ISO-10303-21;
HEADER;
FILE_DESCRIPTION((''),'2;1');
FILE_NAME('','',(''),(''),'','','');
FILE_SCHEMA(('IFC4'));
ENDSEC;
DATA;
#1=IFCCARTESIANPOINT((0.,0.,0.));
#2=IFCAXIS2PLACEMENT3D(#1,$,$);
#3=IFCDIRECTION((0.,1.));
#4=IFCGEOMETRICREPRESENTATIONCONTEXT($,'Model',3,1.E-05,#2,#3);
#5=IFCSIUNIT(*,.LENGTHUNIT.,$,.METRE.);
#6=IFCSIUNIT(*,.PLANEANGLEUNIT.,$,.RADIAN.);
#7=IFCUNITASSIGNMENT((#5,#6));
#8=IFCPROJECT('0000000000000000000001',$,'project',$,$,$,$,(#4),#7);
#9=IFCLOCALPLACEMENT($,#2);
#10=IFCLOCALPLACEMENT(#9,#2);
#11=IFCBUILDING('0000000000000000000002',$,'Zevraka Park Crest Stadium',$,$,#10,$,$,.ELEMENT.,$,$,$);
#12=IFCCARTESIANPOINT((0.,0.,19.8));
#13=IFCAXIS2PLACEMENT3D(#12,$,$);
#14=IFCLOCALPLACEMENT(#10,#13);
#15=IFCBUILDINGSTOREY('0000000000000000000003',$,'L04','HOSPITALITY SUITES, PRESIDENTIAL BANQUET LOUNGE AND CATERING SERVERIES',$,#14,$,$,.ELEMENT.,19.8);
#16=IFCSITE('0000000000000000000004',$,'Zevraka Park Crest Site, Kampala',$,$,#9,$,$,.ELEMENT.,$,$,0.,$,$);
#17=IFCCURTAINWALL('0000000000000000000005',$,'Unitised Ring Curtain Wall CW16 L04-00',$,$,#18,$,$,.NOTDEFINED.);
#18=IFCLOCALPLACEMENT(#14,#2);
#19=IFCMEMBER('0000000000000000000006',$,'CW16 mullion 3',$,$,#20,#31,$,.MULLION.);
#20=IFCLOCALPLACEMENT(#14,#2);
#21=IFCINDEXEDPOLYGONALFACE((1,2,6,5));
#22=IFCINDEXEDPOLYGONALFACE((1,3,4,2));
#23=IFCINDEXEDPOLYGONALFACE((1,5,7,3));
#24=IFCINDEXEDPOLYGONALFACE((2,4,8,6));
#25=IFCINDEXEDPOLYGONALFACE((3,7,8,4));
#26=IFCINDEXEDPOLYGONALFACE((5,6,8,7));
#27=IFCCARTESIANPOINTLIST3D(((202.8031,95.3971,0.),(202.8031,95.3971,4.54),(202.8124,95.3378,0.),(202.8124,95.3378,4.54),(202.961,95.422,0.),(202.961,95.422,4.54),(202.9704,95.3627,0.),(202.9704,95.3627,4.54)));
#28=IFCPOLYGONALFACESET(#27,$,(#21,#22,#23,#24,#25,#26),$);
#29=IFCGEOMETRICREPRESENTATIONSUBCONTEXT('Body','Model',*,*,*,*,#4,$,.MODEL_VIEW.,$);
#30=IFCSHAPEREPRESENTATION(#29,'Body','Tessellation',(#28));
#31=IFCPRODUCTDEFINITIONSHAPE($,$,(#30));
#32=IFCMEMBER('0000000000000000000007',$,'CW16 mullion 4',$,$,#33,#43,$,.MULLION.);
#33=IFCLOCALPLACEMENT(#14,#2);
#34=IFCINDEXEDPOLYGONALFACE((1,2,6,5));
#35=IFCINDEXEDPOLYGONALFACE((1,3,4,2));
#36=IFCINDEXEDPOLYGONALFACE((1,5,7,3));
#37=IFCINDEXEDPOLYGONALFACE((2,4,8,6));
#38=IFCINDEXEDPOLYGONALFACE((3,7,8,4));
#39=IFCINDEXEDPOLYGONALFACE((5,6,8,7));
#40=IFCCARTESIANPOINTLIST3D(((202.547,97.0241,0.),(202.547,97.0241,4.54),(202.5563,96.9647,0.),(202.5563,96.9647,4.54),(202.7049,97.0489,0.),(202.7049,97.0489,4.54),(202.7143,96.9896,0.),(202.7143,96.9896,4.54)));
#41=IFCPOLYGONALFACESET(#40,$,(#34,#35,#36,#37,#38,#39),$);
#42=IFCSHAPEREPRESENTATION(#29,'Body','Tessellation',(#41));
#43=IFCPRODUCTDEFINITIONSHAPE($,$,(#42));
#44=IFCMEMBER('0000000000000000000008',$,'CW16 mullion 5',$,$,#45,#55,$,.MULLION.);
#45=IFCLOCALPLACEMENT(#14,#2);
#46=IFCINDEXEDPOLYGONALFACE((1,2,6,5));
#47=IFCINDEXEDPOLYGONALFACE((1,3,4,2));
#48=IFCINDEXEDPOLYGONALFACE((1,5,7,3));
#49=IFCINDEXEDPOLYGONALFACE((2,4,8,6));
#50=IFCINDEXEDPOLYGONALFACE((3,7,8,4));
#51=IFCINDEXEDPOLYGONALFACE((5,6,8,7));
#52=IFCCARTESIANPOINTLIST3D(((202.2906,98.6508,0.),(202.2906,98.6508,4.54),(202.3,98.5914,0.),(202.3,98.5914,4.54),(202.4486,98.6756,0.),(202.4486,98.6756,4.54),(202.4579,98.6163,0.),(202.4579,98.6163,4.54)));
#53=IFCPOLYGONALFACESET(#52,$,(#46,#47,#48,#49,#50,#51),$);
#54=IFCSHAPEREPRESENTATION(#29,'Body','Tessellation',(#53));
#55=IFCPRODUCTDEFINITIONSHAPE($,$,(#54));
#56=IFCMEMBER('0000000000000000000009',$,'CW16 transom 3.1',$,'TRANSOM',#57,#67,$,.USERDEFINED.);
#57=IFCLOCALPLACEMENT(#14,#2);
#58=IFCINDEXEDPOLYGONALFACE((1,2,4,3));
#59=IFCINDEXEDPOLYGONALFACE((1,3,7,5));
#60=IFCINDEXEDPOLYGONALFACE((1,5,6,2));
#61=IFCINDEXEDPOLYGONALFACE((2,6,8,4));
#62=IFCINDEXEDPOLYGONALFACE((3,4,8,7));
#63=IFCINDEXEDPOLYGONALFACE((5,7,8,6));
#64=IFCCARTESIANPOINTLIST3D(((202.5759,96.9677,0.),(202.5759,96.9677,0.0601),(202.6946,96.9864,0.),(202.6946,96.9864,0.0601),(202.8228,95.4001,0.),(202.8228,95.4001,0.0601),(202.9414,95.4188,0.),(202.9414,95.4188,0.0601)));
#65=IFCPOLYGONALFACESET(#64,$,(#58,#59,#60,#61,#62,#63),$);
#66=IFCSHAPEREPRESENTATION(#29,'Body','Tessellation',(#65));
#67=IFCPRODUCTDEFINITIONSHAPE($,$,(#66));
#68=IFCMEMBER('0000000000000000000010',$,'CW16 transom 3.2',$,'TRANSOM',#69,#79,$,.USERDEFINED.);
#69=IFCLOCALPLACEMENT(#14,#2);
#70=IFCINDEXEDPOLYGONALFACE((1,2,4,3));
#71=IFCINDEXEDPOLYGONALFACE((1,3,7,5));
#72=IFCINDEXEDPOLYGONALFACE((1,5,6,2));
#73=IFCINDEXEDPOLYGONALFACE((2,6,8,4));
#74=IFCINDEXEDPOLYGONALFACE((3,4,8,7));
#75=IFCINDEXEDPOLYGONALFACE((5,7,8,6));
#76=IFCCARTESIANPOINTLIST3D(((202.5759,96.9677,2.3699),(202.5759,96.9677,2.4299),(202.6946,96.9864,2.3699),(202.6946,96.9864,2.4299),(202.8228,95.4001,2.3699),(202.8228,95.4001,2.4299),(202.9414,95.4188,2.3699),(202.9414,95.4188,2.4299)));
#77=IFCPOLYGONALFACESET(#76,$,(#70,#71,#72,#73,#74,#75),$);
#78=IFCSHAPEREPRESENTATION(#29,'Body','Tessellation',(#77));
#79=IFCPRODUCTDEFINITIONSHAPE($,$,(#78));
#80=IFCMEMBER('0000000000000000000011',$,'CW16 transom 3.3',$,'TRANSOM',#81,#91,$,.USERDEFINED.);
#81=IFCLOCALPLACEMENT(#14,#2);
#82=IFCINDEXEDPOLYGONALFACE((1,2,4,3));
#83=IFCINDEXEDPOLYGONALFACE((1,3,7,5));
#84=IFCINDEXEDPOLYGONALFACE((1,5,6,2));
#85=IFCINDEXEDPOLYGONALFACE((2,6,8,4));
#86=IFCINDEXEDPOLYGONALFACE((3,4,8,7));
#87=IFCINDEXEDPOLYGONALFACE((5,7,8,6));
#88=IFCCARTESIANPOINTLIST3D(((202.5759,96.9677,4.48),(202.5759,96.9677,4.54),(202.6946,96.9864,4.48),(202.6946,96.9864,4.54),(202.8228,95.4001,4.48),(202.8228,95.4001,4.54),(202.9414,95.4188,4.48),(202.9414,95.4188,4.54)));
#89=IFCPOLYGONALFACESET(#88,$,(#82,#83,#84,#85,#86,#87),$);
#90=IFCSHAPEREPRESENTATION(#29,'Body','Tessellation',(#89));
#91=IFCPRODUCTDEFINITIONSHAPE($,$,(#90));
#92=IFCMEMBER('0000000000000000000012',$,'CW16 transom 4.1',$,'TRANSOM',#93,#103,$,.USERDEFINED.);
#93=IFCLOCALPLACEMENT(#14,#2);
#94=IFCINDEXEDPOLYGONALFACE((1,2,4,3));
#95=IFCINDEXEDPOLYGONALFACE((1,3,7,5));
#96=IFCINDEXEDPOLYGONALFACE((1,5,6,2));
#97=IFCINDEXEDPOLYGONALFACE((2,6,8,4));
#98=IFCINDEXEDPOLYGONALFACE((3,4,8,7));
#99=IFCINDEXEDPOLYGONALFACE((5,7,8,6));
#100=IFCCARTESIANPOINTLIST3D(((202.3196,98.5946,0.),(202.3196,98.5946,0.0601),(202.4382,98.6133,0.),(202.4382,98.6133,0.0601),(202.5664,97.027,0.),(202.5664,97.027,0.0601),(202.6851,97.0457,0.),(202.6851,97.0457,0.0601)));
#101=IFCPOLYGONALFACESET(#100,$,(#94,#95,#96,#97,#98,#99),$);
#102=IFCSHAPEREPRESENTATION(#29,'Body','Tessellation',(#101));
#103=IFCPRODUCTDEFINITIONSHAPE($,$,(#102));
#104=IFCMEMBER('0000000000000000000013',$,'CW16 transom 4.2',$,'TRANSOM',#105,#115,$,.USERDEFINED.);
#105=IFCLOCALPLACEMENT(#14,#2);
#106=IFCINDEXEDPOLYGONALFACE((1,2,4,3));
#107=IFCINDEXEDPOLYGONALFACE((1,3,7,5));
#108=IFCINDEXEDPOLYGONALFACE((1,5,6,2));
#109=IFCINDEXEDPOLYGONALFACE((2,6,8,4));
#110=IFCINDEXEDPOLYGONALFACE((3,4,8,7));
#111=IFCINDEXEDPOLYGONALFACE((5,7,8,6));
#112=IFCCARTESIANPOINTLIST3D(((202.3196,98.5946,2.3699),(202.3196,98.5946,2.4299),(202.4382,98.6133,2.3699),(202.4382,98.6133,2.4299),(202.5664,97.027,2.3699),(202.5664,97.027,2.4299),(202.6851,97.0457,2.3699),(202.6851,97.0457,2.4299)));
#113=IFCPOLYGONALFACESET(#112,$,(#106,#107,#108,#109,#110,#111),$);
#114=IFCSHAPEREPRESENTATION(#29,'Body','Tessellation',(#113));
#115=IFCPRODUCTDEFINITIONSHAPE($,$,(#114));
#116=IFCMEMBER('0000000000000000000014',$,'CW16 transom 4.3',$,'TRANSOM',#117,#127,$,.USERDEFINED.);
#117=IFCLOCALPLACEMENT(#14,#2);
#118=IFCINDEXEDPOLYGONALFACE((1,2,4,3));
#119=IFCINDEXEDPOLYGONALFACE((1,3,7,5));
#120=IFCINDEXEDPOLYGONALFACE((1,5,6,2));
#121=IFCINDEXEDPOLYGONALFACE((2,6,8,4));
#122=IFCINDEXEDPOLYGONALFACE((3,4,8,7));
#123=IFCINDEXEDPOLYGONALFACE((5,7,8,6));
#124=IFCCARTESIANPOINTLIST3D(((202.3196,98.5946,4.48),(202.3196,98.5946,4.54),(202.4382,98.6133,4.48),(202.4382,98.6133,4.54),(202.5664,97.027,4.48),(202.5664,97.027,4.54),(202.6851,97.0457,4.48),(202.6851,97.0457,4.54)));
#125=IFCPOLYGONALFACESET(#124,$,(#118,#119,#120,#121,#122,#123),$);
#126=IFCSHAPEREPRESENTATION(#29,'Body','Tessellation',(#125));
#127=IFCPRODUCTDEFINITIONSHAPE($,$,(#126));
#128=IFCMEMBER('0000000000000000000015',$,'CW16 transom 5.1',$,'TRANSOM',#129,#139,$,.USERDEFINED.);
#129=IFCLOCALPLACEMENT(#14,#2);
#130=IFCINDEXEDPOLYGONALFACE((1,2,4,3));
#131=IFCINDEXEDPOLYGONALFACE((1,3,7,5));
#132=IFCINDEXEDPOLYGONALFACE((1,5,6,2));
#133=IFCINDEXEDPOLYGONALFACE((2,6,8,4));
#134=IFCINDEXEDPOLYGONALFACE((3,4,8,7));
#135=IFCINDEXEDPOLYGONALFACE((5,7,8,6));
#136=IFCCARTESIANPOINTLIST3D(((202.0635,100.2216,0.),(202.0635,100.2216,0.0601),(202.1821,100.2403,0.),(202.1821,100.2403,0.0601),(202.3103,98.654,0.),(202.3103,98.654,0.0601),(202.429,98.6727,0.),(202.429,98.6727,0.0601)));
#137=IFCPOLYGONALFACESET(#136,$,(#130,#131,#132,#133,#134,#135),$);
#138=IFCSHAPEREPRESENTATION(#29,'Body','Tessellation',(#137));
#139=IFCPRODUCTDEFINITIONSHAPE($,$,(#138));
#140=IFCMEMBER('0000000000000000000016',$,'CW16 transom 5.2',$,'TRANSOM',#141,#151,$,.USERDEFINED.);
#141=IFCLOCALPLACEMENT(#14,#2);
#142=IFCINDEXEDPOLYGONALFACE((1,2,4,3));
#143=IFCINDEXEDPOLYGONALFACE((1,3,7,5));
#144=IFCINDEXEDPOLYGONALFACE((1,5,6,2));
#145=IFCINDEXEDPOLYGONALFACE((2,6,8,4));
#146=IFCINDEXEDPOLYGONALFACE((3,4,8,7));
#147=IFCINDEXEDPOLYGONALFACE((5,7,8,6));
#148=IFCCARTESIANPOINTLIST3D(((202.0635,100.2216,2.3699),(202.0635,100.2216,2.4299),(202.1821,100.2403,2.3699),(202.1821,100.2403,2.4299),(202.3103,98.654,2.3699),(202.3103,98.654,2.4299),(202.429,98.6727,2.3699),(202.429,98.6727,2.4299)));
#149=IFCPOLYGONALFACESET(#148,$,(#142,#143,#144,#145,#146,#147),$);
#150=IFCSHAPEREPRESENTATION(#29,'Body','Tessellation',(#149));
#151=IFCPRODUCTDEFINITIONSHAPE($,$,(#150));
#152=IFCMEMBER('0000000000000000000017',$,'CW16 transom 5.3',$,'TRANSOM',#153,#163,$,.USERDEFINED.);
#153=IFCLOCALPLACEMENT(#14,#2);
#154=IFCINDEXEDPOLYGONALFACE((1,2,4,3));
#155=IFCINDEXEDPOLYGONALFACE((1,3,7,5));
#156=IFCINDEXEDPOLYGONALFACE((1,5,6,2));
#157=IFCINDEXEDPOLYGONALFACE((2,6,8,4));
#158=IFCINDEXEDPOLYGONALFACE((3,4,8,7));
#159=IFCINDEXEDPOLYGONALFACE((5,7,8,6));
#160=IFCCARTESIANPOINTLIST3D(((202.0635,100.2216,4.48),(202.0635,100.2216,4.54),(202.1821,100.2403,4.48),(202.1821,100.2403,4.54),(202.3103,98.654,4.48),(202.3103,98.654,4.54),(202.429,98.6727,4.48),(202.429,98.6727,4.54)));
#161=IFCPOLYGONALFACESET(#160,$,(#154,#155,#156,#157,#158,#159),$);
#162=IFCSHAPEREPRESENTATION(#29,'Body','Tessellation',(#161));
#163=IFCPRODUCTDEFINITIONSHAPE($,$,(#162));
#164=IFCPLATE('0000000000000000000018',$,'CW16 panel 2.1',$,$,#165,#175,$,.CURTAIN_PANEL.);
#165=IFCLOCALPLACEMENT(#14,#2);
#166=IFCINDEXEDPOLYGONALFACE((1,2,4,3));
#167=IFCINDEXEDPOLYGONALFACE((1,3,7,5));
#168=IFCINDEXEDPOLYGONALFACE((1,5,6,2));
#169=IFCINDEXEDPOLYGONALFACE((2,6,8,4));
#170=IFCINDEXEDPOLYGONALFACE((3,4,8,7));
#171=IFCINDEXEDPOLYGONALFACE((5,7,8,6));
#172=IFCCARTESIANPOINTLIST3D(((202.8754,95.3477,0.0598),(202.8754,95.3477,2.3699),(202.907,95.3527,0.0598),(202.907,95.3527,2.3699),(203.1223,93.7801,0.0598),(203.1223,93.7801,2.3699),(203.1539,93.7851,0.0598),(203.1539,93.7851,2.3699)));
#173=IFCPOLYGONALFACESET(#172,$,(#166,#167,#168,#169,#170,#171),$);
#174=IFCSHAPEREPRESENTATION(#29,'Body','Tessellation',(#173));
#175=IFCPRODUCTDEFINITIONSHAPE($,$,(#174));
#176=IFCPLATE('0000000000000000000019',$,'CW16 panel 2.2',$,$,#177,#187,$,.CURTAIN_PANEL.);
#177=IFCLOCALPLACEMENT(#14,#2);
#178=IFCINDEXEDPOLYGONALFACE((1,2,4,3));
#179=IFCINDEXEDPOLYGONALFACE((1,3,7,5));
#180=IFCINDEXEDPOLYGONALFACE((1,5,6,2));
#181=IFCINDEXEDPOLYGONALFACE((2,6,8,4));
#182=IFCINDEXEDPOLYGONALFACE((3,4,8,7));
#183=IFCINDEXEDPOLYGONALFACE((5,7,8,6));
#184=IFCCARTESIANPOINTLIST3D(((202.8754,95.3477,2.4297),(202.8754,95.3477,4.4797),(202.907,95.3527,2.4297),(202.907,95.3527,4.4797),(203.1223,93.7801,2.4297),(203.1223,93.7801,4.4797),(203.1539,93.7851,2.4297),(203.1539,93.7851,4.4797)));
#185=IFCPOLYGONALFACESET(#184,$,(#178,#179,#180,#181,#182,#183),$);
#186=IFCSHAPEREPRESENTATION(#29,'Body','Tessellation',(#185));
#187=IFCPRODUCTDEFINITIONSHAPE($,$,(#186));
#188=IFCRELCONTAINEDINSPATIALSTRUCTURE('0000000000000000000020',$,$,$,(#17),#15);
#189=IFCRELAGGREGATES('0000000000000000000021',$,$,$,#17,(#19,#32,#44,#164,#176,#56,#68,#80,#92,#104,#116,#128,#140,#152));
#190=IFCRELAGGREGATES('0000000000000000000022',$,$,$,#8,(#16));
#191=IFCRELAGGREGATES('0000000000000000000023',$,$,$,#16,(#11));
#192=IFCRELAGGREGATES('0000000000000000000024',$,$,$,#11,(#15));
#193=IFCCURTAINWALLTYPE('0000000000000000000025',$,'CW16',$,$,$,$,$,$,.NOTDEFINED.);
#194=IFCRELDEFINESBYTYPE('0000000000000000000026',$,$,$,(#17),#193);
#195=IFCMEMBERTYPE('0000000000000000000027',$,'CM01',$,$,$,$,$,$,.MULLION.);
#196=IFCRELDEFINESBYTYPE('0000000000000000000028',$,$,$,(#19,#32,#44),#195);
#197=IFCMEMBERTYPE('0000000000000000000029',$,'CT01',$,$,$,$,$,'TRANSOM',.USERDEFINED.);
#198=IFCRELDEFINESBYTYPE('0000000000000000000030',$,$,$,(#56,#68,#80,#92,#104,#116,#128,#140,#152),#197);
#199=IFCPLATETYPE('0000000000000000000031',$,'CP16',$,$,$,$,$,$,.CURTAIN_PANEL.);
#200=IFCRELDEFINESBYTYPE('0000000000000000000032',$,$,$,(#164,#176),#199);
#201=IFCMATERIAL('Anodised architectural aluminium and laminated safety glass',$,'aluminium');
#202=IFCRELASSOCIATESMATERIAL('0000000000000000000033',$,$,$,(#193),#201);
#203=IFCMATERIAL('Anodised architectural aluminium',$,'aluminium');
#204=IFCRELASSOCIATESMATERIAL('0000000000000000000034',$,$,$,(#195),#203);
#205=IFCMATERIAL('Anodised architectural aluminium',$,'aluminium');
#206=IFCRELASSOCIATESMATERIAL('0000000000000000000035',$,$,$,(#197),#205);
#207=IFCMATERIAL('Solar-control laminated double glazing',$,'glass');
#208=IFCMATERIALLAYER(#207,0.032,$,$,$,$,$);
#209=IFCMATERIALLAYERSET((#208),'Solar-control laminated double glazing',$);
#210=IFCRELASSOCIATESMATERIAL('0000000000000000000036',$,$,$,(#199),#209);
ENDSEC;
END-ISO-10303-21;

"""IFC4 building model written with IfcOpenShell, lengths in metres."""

from ifc_helpers import new_model, si_unit, direction, frame, origin, origin_2d, place, context, subcontext, project, spatial, rectangle, extrude, material, layer, layer_set, material_profile, profile_set, type_object, element, aggregate, save


model = new_model("IFC4")

# Units and contexts
model_context = context("Model", 3, precision=1e-05, world=origin(), true_north=direction((0.0, 1.0)))
body_context = subcontext(model_context, "Body", "Model", "MODEL_VIEW")
ifc_project = project(units=[si_unit("LENGTHUNIT", "METRE"), si_unit("PLANEANGLEUNIT", "RADIAN")], contexts=[model_context])

# Site, building, storey
site_placement = place(None, origin())
site = spatial("IfcSite", under=ifc_project, at=site_placement, Name="Zevraka Park Crest Site, Kampala", CompositionType="ELEMENT", RefElevation=0.0)
building_placement = place(site_placement, origin())
building = spatial("IfcBuilding", under=site, at=building_placement, Name="Zevraka Park Crest Stadium", CompositionType="ELEMENT")
storey_placement = place(building_placement, frame((0.0, 0.0, 19.8)))
storey = spatial("IfcBuildingStorey", under=building, at=storey_placement, Name="L04", Description="HOSPITALITY SUITES, PRESIDENTIAL BANQUET LOUNGE AND CATERING SERVERIES", CompositionType="ELEMENT", Elevation=19.8)

# Curtain wall, members, plates
ifc_material_1 = material(Name="Anodised architectural aluminium and laminated safety glass", Category="aluminium")
curtain_wall_type = type_object("IfcCurtainWallType", Name="CW16", PredefinedType="NOTDEFINED", material=ifc_material_1)
curtain_wall_placement = place(storey_placement, origin())
curtain_wall = element("IfcCurtainWall", 1, at=curtain_wall_placement, inside=storey, type_object=curtain_wall_type, Name="Unitised Ring Curtain Wall CW16 L04-00", PredefinedType="NOTDEFINED")
ifc_material_2 = material(Name="Anodised architectural aluminium", Category="aluminium")
ifc_material_profile_1 = material_profile(ifc_material_2, rectangle(XDim=0.1599, YDim=0.0601, at=origin_2d()), Name="ALU MULLION 160x60")
ifc_profile_set_1 = profile_set([ifc_material_profile_1], Name="Anodised architectural aluminium")
member_type_1 = type_object("IfcMemberType", Name="CM01", PredefinedType="MULLION", material=ifc_profile_set_1)
member_1_placement = place(storey_placement, frame((202.8867, 95.3799, 0.0), z_axis=(0.0, 0.0, 1.0), x_axis=(-0.98783, -0.155539, 0.0)))
member_1 = element("IfcMember", 2, at=member_1_placement, type_object=member_type_1, Name="CW16 mullion 3", PredefinedType="MULLION", context=body_context, shape_type="SweptSolid", body=[
    extrude(rectangle(XDim=0.1599, YDim=0.0601, at=origin_2d()), origin(), (0.0, 0.0, 1.0), 4.54),
])
member_2_placement = place(storey_placement, frame((202.6306, 97.0068, 0.0), z_axis=(0.0, 0.0, 1.0), x_axis=(-0.98783, -0.155539, 0.0)))
member_2 = element("IfcMember", 3, at=member_2_placement, type_object=member_type_1, Name="CW16 mullion 4", PredefinedType="MULLION", context=body_context, shape_type="SweptSolid", body=[
    extrude(rectangle(XDim=0.1599, YDim=0.0601, at=origin_2d()), origin(), (0.0, 0.0, 1.0), 4.54),
])
member_3_placement = place(storey_placement, frame((202.3743, 98.6335, 0.0), z_axis=(0.0, 0.0, 1.0), x_axis=(-0.98783, -0.155539, 0.0)))
member_3 = element("IfcMember", 4, at=member_3_placement, type_object=member_type_1, Name="CW16 mullion 5", PredefinedType="MULLION", context=body_context, shape_type="SweptSolid", body=[
    extrude(rectangle(XDim=0.1599, YDim=0.0601, at=origin_2d()), origin(), (0.0, 0.0, 1.0), 4.54),
])
ifc_material_3 = material(Name="Anodised architectural aluminium", Category="aluminium")
ifc_material_profile_2 = material_profile(ifc_material_3, rectangle(XDim=0.1201, YDim=0.0601, at=origin_2d()), Name="ALU TRANSOM 120x60")
ifc_profile_set_2 = profile_set([ifc_material_profile_2], Name="Anodised architectural aluminium")
member_type_2 = type_object("IfcMemberType", Name="CT01", ElementType="TRANSOM", PredefinedType="USERDEFINED", material=ifc_profile_set_2)
member_4_placement = place(storey_placement, frame((202.8821, 95.4094, 0.03), z_axis=(-0.155536, 0.98783, 0.0), x_axis=(-0.98783, -0.155536, 0.0)))
member_4 = element("IfcMember", 5, at=member_4_placement, type_object=member_type_2, Name="CW16 transom 3.1", ObjectType="TRANSOM", PredefinedType="USERDEFINED", context=body_context, shape_type="SweptSolid", body=[
    extrude(rectangle(XDim=0.1201, YDim=0.0601, at=origin_2d()), origin(), (0.0, 0.0, 1.0), 1.5869),
])
member_5_placement = place(storey_placement, frame((202.8821, 95.4094, 2.3999), z_axis=(-0.155536, 0.98783, 0.0), x_axis=(-0.98783, -0.155536, 0.0)))
member_5 = element("IfcMember", 6, at=member_5_placement, type_object=member_type_2, Name="CW16 transom 3.2", ObjectType="TRANSOM", PredefinedType="USERDEFINED", context=body_context, shape_type="SweptSolid", body=[
    extrude(rectangle(XDim=0.1201, YDim=0.0601, at=origin_2d()), origin(), (0.0, 0.0, 1.0), 1.5869),
])
member_6_placement = place(storey_placement, frame((202.8821, 95.4094, 4.51), z_axis=(-0.155536, 0.98783, 0.0), x_axis=(-0.98783, -0.155536, 0.0)))
member_6 = element("IfcMember", 7, at=member_6_placement, type_object=member_type_2, Name="CW16 transom 3.3", ObjectType="TRANSOM", PredefinedType="USERDEFINED", context=body_context, shape_type="SweptSolid", body=[
    extrude(rectangle(XDim=0.1201, YDim=0.0601, at=origin_2d()), origin(), (0.0, 0.0, 1.0), 1.5869),
])
member_7_placement = place(storey_placement, frame((202.6257, 97.0364, 0.03), z_axis=(-0.155536, 0.98783, 0.0), x_axis=(-0.98783, -0.155536, 0.0)))
member_7 = element("IfcMember", 8, at=member_7_placement, type_object=member_type_2, Name="CW16 transom 4.1", ObjectType="TRANSOM", PredefinedType="USERDEFINED", context=body_context, shape_type="SweptSolid", body=[
    extrude(rectangle(XDim=0.1201, YDim=0.0601, at=origin_2d()), origin(), (0.0, 0.0, 1.0), 1.5869),
])
member_8_placement = place(storey_placement, frame((202.6257, 97.0364, 2.3999), z_axis=(-0.155536, 0.98783, 0.0), x_axis=(-0.98783, -0.155536, 0.0)))
member_8 = element("IfcMember", 9, at=member_8_placement, type_object=member_type_2, Name="CW16 transom 4.2", ObjectType="TRANSOM", PredefinedType="USERDEFINED", context=body_context, shape_type="SweptSolid", body=[
    extrude(rectangle(XDim=0.1201, YDim=0.0601, at=origin_2d()), origin(), (0.0, 0.0, 1.0), 1.5869),
])
member_9_placement = place(storey_placement, frame((202.6257, 97.0364, 4.51), z_axis=(-0.155536, 0.98783, 0.0), x_axis=(-0.98783, -0.155536, 0.0)))
member_9 = element("IfcMember", 10, at=member_9_placement, type_object=member_type_2, Name="CW16 transom 4.3", ObjectType="TRANSOM", PredefinedType="USERDEFINED", context=body_context, shape_type="SweptSolid", body=[
    extrude(rectangle(XDim=0.1201, YDim=0.0601, at=origin_2d()), origin(), (0.0, 0.0, 1.0), 1.5869),
])
member_10_placement = place(storey_placement, frame((202.3696, 98.6633, 0.03), z_axis=(-0.155536, 0.98783, 0.0), x_axis=(-0.98783, -0.155536, 0.0)))
member_10 = element("IfcMember", 11, at=member_10_placement, type_object=member_type_2, Name="CW16 transom 5.1", ObjectType="TRANSOM", PredefinedType="USERDEFINED", context=body_context, shape_type="SweptSolid", body=[
    extrude(rectangle(XDim=0.1201, YDim=0.0601, at=origin_2d()), origin(), (0.0, 0.0, 1.0), 1.5869),
])
member_11_placement = place(storey_placement, frame((202.3696, 98.6633, 2.3999), z_axis=(-0.155536, 0.98783, 0.0), x_axis=(-0.98783, -0.155536, 0.0)))
member_11 = element("IfcMember", 12, at=member_11_placement, type_object=member_type_2, Name="CW16 transom 5.2", ObjectType="TRANSOM", PredefinedType="USERDEFINED", context=body_context, shape_type="SweptSolid", body=[
    extrude(rectangle(XDim=0.1201, YDim=0.0601, at=origin_2d()), origin(), (0.0, 0.0, 1.0), 1.5869),
])
member_12_placement = place(storey_placement, frame((202.3696, 98.6633, 4.51), z_axis=(-0.155536, 0.98783, 0.0), x_axis=(-0.98783, -0.155536, 0.0)))
member_12 = element("IfcMember", 13, at=member_12_placement, type_object=member_type_2, Name="CW16 transom 5.3", ObjectType="TRANSOM", PredefinedType="USERDEFINED", context=body_context, shape_type="SweptSolid", body=[
    extrude(rectangle(XDim=0.1201, YDim=0.0601, at=origin_2d()), origin(), (0.0, 0.0, 1.0), 1.5869),
])
ifc_material_4 = material(Name="Solar-control laminated double glazing", Category="glass")
ifc_layer_1 = layer(ifc_material_4, 0.032)
ifc_layer_set_1 = layer_set([ifc_layer_1], Name="Solar-control laminated double glazing")
plate_type = type_object("IfcPlateType", Name="CP16", PredefinedType="CURTAIN_PANEL", material=ifc_layer_set_1)
plate_1_placement = place(storey_placement, frame((203.0146, 94.5664, 0.0598), z_axis=(0.0, 0.0, 1.0), x_axis=(-0.155539, 0.98783, 0.0)))
plate_1 = element("IfcPlate", 14, at=plate_1_placement, type_object=plate_type, Name="CW16 panel 2.1", PredefinedType="CURTAIN_PANEL", context=body_context, shape_type="SweptSolid", body=[
    extrude(rectangle(XDim=1.5869, YDim=0.032, at=origin_2d()), origin(), (0.0, 0.0, 1.0), 2.3101),
])
plate_2_placement = place(storey_placement, frame((203.0146, 94.5664, 2.4297), z_axis=(0.0, 0.0, 1.0), x_axis=(-0.155539, 0.98783, 0.0)))
plate_2 = element("IfcPlate", 15, at=plate_2_placement, type_object=plate_type, Name="CW16 panel 2.2", PredefinedType="CURTAIN_PANEL", context=body_context, shape_type="SweptSolid", body=[
    extrude(rectangle(XDim=1.5869, YDim=0.032, at=origin_2d()), origin(), (0.0, 0.0, 1.0), 2.05),
])
aggregate(curtain_wall, [member_1, member_2, member_3, plate_1, plate_2, member_4, member_5, member_6, member_7, member_8, member_9, member_10, member_11, member_12])

save(model, "model.ifc")
